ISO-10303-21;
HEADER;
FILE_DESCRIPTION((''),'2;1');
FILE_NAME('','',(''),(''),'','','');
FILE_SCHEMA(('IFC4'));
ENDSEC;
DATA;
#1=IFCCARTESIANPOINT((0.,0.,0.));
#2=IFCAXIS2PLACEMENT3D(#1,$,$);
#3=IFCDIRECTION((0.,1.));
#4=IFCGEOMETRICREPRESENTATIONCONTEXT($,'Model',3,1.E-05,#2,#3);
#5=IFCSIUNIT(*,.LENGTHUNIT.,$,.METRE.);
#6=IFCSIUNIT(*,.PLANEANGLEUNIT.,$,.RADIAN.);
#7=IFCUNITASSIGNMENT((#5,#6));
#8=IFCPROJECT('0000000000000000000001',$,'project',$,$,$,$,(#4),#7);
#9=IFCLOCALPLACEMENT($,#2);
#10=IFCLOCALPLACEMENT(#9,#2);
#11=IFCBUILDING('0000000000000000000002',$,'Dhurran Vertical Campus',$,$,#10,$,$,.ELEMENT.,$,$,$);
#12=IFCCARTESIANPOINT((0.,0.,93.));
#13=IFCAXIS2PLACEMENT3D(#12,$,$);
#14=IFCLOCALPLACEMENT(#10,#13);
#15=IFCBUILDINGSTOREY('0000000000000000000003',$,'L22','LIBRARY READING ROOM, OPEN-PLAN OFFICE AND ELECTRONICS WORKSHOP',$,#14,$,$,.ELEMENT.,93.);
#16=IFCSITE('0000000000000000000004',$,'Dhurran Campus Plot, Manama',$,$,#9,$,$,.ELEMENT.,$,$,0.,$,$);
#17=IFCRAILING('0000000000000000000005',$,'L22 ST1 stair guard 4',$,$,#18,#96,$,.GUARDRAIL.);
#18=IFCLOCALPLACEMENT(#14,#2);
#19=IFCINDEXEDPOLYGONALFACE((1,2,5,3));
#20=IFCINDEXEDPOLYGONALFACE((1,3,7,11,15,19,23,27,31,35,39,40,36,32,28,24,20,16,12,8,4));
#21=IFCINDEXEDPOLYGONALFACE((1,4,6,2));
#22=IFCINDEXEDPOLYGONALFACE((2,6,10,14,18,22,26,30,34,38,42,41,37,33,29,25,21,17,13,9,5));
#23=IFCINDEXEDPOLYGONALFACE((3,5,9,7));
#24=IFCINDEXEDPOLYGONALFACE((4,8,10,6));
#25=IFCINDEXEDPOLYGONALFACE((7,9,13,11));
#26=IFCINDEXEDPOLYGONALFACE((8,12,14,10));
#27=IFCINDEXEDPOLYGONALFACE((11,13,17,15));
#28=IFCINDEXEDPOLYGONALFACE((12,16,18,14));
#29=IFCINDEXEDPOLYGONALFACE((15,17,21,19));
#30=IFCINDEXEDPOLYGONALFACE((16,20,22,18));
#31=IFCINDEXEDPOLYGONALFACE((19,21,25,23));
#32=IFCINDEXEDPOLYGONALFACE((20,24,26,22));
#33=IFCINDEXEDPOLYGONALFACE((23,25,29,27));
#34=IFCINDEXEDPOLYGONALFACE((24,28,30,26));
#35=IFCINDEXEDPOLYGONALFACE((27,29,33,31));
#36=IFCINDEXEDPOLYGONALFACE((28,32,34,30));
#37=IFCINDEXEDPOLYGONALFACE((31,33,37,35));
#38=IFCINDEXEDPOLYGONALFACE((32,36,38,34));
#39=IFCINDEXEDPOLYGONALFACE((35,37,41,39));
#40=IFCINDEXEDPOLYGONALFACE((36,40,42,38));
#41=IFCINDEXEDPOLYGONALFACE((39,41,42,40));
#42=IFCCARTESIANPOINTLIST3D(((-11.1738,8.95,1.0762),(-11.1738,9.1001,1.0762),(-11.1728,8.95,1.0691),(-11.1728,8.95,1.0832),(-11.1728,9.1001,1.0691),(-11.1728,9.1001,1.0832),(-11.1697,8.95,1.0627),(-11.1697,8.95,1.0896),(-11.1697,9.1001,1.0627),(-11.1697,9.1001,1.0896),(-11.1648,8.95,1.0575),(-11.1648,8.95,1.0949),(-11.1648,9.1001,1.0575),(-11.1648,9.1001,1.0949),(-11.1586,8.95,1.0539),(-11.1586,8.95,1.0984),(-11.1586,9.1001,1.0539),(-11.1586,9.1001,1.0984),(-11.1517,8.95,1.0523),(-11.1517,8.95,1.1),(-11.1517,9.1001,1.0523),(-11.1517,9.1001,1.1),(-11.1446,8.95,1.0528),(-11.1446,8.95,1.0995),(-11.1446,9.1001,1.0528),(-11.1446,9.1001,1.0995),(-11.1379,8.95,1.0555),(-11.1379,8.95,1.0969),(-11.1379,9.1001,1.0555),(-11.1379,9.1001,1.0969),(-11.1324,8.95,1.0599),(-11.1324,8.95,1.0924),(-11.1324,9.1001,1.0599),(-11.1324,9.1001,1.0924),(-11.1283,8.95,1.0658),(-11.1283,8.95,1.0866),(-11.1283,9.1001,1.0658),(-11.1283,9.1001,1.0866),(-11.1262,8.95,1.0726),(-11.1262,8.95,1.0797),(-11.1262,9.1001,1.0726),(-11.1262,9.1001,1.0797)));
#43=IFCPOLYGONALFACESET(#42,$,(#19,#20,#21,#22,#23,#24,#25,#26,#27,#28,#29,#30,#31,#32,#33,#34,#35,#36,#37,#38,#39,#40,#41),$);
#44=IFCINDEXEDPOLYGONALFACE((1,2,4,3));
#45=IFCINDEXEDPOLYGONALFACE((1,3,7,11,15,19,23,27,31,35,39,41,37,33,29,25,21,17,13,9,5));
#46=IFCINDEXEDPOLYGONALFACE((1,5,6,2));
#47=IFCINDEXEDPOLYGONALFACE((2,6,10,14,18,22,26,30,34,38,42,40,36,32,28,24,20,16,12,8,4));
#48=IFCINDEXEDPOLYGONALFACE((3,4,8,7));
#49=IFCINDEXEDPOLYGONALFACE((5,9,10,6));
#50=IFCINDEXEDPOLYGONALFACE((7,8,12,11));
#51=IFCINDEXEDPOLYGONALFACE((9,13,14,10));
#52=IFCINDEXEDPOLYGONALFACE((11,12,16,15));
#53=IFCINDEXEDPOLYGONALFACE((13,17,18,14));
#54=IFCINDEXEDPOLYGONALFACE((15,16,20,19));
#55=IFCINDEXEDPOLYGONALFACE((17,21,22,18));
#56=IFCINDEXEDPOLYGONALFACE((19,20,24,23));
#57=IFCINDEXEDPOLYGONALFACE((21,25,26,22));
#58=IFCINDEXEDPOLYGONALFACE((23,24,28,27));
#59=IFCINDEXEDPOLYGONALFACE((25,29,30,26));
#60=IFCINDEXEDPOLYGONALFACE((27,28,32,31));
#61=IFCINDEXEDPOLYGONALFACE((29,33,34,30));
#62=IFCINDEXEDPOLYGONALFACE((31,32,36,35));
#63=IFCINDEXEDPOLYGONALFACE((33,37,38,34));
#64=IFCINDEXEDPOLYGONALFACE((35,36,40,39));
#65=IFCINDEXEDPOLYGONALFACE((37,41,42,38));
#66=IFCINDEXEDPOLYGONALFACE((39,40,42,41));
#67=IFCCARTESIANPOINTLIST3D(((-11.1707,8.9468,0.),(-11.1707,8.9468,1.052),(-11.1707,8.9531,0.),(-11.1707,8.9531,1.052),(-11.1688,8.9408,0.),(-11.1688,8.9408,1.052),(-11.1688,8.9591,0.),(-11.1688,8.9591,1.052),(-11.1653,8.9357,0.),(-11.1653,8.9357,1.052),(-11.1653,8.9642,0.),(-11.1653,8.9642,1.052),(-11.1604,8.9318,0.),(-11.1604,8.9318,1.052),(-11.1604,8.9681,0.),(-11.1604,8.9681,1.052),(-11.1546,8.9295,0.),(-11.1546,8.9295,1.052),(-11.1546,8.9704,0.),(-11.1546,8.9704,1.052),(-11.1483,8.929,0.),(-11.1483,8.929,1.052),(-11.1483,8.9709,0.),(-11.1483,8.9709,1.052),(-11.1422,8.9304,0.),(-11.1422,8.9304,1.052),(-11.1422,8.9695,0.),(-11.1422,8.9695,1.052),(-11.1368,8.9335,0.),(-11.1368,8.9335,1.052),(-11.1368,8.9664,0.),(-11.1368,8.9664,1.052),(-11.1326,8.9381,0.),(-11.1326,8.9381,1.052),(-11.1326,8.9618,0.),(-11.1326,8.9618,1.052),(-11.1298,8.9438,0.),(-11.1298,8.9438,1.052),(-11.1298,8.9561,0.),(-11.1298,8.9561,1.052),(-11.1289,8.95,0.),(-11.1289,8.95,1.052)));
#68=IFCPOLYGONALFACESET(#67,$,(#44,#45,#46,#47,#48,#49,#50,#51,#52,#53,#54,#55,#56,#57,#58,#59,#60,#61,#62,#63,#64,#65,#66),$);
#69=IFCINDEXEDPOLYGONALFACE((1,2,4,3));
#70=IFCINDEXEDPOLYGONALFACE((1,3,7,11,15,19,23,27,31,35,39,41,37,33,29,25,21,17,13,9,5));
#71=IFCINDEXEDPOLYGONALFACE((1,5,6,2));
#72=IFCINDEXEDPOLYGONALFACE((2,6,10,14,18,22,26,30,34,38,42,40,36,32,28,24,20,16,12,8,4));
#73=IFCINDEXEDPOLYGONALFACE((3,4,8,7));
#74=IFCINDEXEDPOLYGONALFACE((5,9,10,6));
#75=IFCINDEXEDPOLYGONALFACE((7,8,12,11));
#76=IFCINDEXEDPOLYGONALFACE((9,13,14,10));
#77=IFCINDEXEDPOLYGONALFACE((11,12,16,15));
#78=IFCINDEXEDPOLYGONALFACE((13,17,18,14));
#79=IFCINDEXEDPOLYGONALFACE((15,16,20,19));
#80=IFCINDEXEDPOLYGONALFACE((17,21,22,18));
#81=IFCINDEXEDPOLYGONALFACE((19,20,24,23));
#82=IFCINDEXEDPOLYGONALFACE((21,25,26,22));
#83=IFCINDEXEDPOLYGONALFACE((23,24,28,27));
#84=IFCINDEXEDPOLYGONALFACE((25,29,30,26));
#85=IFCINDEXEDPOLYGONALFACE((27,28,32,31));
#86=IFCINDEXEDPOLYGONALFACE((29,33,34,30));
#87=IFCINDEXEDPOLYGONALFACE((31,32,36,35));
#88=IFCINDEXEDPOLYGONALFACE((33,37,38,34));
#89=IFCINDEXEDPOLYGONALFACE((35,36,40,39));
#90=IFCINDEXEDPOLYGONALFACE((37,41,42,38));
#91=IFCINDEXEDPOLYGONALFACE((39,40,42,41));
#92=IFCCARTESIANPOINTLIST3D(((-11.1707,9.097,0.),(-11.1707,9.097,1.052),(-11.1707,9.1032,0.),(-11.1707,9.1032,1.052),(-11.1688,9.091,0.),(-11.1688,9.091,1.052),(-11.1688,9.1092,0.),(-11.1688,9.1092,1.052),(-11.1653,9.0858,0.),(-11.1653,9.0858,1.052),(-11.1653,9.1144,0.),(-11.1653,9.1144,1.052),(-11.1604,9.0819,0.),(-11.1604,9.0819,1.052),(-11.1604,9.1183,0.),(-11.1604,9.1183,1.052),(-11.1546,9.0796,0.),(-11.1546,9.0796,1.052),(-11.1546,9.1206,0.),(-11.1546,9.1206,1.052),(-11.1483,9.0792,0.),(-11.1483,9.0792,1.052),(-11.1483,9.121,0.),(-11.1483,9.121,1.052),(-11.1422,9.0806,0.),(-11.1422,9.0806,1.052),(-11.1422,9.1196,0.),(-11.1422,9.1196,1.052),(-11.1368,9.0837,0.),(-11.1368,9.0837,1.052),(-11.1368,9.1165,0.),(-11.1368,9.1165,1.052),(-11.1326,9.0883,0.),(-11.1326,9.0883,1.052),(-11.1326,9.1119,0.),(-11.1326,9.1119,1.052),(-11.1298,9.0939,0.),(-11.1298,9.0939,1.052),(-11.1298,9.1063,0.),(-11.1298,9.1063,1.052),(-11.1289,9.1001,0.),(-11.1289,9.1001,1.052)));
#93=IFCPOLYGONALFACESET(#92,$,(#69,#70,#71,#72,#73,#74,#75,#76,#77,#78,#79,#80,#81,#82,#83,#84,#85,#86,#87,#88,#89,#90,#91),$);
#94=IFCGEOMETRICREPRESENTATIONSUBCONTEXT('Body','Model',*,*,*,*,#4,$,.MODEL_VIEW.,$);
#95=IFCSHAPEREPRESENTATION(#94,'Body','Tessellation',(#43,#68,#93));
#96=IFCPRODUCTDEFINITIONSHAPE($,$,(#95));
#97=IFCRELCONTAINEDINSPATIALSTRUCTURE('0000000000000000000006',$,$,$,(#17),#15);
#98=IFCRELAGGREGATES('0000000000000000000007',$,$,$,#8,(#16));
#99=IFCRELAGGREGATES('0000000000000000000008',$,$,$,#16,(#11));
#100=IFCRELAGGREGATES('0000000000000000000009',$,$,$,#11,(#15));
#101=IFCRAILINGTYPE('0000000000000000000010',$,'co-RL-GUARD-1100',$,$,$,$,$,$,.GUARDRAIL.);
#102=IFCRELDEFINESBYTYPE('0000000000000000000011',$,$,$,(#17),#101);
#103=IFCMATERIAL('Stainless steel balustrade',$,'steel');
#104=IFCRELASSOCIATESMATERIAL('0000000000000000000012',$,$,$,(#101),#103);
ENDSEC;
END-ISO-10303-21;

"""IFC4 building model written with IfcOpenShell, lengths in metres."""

from ifc_helpers import new_model, si_unit, direction, frame, origin, origin_2d, place, context, subcontext, project, spatial, circle, extrude, material, type_object, element, save


model = new_model("IFC4")

# Units and contexts
model_context = context("Model", 3, precision=1e-05, world=origin(), true_north=direction((0.0, 1.0)))
body_context = subcontext(model_context, "Body", "Model", "MODEL_VIEW")
ifc_project = project(units=[si_unit("LENGTHUNIT", "METRE"), si_unit("PLANEANGLEUNIT", "RADIAN")], contexts=[model_context])

# Site, building, storey
site_placement = place(None, origin())
site = spatial("IfcSite", under=ifc_project, at=site_placement, Name="Dhurran Campus Plot, Manama", CompositionType="ELEMENT", RefElevation=0.0)
building_placement = place(site_placement, origin())
building = spatial("IfcBuilding", under=site, at=building_placement, Name="Dhurran Vertical Campus", CompositionType="ELEMENT")
storey_placement = place(building_placement, frame((0.0, 0.0, 93.0)))
storey = spatial("IfcBuildingStorey", under=building, at=storey_placement, Name="L22", Description="LIBRARY READING ROOM, OPEN-PLAN OFFICE AND ELECTRONICS WORKSHOP", CompositionType="ELEMENT", Elevation=93.0)

# Railing
ifc_material_1 = material(Name="Stainless steel balustrade", Category="steel")
railing_type_1 = type_object("IfcRailingType", Name="co-RL-GUARD-1100", PredefinedType="GUARDRAIL", material=ifc_material_1)
railing_1_placement = place(storey_placement, frame((-11.1499, 8.95, 0.0)))
element("IfcRailing", 1, at=railing_1_placement, inside=storey, type_object=railing_type_1, Name="L22 ST1 stair guard 4", PredefinedType="GUARDRAIL", context=body_context, shape_type="SweptSolid", body=[
    extrude(circle(Radius=0.0239, at=origin_2d()), frame((0.0, 0.0, 1.0762), z_axis=(0.0, 1.0, 0.0), x_axis=(-1.0, 0.0, 0.0)), (0.0, 0.0, 1.0), 0.1501),
    extrude(circle(Radius=0.021, at=origin_2d()), origin(), (0.0, 0.0, 1.0), 1.052),
    extrude(circle(Radius=0.021, at=origin_2d()), frame((0.0, 0.1501, 0.0)), (0.0, 0.0, 1.0), 1.052),
])

save(model, "model.ifc")
